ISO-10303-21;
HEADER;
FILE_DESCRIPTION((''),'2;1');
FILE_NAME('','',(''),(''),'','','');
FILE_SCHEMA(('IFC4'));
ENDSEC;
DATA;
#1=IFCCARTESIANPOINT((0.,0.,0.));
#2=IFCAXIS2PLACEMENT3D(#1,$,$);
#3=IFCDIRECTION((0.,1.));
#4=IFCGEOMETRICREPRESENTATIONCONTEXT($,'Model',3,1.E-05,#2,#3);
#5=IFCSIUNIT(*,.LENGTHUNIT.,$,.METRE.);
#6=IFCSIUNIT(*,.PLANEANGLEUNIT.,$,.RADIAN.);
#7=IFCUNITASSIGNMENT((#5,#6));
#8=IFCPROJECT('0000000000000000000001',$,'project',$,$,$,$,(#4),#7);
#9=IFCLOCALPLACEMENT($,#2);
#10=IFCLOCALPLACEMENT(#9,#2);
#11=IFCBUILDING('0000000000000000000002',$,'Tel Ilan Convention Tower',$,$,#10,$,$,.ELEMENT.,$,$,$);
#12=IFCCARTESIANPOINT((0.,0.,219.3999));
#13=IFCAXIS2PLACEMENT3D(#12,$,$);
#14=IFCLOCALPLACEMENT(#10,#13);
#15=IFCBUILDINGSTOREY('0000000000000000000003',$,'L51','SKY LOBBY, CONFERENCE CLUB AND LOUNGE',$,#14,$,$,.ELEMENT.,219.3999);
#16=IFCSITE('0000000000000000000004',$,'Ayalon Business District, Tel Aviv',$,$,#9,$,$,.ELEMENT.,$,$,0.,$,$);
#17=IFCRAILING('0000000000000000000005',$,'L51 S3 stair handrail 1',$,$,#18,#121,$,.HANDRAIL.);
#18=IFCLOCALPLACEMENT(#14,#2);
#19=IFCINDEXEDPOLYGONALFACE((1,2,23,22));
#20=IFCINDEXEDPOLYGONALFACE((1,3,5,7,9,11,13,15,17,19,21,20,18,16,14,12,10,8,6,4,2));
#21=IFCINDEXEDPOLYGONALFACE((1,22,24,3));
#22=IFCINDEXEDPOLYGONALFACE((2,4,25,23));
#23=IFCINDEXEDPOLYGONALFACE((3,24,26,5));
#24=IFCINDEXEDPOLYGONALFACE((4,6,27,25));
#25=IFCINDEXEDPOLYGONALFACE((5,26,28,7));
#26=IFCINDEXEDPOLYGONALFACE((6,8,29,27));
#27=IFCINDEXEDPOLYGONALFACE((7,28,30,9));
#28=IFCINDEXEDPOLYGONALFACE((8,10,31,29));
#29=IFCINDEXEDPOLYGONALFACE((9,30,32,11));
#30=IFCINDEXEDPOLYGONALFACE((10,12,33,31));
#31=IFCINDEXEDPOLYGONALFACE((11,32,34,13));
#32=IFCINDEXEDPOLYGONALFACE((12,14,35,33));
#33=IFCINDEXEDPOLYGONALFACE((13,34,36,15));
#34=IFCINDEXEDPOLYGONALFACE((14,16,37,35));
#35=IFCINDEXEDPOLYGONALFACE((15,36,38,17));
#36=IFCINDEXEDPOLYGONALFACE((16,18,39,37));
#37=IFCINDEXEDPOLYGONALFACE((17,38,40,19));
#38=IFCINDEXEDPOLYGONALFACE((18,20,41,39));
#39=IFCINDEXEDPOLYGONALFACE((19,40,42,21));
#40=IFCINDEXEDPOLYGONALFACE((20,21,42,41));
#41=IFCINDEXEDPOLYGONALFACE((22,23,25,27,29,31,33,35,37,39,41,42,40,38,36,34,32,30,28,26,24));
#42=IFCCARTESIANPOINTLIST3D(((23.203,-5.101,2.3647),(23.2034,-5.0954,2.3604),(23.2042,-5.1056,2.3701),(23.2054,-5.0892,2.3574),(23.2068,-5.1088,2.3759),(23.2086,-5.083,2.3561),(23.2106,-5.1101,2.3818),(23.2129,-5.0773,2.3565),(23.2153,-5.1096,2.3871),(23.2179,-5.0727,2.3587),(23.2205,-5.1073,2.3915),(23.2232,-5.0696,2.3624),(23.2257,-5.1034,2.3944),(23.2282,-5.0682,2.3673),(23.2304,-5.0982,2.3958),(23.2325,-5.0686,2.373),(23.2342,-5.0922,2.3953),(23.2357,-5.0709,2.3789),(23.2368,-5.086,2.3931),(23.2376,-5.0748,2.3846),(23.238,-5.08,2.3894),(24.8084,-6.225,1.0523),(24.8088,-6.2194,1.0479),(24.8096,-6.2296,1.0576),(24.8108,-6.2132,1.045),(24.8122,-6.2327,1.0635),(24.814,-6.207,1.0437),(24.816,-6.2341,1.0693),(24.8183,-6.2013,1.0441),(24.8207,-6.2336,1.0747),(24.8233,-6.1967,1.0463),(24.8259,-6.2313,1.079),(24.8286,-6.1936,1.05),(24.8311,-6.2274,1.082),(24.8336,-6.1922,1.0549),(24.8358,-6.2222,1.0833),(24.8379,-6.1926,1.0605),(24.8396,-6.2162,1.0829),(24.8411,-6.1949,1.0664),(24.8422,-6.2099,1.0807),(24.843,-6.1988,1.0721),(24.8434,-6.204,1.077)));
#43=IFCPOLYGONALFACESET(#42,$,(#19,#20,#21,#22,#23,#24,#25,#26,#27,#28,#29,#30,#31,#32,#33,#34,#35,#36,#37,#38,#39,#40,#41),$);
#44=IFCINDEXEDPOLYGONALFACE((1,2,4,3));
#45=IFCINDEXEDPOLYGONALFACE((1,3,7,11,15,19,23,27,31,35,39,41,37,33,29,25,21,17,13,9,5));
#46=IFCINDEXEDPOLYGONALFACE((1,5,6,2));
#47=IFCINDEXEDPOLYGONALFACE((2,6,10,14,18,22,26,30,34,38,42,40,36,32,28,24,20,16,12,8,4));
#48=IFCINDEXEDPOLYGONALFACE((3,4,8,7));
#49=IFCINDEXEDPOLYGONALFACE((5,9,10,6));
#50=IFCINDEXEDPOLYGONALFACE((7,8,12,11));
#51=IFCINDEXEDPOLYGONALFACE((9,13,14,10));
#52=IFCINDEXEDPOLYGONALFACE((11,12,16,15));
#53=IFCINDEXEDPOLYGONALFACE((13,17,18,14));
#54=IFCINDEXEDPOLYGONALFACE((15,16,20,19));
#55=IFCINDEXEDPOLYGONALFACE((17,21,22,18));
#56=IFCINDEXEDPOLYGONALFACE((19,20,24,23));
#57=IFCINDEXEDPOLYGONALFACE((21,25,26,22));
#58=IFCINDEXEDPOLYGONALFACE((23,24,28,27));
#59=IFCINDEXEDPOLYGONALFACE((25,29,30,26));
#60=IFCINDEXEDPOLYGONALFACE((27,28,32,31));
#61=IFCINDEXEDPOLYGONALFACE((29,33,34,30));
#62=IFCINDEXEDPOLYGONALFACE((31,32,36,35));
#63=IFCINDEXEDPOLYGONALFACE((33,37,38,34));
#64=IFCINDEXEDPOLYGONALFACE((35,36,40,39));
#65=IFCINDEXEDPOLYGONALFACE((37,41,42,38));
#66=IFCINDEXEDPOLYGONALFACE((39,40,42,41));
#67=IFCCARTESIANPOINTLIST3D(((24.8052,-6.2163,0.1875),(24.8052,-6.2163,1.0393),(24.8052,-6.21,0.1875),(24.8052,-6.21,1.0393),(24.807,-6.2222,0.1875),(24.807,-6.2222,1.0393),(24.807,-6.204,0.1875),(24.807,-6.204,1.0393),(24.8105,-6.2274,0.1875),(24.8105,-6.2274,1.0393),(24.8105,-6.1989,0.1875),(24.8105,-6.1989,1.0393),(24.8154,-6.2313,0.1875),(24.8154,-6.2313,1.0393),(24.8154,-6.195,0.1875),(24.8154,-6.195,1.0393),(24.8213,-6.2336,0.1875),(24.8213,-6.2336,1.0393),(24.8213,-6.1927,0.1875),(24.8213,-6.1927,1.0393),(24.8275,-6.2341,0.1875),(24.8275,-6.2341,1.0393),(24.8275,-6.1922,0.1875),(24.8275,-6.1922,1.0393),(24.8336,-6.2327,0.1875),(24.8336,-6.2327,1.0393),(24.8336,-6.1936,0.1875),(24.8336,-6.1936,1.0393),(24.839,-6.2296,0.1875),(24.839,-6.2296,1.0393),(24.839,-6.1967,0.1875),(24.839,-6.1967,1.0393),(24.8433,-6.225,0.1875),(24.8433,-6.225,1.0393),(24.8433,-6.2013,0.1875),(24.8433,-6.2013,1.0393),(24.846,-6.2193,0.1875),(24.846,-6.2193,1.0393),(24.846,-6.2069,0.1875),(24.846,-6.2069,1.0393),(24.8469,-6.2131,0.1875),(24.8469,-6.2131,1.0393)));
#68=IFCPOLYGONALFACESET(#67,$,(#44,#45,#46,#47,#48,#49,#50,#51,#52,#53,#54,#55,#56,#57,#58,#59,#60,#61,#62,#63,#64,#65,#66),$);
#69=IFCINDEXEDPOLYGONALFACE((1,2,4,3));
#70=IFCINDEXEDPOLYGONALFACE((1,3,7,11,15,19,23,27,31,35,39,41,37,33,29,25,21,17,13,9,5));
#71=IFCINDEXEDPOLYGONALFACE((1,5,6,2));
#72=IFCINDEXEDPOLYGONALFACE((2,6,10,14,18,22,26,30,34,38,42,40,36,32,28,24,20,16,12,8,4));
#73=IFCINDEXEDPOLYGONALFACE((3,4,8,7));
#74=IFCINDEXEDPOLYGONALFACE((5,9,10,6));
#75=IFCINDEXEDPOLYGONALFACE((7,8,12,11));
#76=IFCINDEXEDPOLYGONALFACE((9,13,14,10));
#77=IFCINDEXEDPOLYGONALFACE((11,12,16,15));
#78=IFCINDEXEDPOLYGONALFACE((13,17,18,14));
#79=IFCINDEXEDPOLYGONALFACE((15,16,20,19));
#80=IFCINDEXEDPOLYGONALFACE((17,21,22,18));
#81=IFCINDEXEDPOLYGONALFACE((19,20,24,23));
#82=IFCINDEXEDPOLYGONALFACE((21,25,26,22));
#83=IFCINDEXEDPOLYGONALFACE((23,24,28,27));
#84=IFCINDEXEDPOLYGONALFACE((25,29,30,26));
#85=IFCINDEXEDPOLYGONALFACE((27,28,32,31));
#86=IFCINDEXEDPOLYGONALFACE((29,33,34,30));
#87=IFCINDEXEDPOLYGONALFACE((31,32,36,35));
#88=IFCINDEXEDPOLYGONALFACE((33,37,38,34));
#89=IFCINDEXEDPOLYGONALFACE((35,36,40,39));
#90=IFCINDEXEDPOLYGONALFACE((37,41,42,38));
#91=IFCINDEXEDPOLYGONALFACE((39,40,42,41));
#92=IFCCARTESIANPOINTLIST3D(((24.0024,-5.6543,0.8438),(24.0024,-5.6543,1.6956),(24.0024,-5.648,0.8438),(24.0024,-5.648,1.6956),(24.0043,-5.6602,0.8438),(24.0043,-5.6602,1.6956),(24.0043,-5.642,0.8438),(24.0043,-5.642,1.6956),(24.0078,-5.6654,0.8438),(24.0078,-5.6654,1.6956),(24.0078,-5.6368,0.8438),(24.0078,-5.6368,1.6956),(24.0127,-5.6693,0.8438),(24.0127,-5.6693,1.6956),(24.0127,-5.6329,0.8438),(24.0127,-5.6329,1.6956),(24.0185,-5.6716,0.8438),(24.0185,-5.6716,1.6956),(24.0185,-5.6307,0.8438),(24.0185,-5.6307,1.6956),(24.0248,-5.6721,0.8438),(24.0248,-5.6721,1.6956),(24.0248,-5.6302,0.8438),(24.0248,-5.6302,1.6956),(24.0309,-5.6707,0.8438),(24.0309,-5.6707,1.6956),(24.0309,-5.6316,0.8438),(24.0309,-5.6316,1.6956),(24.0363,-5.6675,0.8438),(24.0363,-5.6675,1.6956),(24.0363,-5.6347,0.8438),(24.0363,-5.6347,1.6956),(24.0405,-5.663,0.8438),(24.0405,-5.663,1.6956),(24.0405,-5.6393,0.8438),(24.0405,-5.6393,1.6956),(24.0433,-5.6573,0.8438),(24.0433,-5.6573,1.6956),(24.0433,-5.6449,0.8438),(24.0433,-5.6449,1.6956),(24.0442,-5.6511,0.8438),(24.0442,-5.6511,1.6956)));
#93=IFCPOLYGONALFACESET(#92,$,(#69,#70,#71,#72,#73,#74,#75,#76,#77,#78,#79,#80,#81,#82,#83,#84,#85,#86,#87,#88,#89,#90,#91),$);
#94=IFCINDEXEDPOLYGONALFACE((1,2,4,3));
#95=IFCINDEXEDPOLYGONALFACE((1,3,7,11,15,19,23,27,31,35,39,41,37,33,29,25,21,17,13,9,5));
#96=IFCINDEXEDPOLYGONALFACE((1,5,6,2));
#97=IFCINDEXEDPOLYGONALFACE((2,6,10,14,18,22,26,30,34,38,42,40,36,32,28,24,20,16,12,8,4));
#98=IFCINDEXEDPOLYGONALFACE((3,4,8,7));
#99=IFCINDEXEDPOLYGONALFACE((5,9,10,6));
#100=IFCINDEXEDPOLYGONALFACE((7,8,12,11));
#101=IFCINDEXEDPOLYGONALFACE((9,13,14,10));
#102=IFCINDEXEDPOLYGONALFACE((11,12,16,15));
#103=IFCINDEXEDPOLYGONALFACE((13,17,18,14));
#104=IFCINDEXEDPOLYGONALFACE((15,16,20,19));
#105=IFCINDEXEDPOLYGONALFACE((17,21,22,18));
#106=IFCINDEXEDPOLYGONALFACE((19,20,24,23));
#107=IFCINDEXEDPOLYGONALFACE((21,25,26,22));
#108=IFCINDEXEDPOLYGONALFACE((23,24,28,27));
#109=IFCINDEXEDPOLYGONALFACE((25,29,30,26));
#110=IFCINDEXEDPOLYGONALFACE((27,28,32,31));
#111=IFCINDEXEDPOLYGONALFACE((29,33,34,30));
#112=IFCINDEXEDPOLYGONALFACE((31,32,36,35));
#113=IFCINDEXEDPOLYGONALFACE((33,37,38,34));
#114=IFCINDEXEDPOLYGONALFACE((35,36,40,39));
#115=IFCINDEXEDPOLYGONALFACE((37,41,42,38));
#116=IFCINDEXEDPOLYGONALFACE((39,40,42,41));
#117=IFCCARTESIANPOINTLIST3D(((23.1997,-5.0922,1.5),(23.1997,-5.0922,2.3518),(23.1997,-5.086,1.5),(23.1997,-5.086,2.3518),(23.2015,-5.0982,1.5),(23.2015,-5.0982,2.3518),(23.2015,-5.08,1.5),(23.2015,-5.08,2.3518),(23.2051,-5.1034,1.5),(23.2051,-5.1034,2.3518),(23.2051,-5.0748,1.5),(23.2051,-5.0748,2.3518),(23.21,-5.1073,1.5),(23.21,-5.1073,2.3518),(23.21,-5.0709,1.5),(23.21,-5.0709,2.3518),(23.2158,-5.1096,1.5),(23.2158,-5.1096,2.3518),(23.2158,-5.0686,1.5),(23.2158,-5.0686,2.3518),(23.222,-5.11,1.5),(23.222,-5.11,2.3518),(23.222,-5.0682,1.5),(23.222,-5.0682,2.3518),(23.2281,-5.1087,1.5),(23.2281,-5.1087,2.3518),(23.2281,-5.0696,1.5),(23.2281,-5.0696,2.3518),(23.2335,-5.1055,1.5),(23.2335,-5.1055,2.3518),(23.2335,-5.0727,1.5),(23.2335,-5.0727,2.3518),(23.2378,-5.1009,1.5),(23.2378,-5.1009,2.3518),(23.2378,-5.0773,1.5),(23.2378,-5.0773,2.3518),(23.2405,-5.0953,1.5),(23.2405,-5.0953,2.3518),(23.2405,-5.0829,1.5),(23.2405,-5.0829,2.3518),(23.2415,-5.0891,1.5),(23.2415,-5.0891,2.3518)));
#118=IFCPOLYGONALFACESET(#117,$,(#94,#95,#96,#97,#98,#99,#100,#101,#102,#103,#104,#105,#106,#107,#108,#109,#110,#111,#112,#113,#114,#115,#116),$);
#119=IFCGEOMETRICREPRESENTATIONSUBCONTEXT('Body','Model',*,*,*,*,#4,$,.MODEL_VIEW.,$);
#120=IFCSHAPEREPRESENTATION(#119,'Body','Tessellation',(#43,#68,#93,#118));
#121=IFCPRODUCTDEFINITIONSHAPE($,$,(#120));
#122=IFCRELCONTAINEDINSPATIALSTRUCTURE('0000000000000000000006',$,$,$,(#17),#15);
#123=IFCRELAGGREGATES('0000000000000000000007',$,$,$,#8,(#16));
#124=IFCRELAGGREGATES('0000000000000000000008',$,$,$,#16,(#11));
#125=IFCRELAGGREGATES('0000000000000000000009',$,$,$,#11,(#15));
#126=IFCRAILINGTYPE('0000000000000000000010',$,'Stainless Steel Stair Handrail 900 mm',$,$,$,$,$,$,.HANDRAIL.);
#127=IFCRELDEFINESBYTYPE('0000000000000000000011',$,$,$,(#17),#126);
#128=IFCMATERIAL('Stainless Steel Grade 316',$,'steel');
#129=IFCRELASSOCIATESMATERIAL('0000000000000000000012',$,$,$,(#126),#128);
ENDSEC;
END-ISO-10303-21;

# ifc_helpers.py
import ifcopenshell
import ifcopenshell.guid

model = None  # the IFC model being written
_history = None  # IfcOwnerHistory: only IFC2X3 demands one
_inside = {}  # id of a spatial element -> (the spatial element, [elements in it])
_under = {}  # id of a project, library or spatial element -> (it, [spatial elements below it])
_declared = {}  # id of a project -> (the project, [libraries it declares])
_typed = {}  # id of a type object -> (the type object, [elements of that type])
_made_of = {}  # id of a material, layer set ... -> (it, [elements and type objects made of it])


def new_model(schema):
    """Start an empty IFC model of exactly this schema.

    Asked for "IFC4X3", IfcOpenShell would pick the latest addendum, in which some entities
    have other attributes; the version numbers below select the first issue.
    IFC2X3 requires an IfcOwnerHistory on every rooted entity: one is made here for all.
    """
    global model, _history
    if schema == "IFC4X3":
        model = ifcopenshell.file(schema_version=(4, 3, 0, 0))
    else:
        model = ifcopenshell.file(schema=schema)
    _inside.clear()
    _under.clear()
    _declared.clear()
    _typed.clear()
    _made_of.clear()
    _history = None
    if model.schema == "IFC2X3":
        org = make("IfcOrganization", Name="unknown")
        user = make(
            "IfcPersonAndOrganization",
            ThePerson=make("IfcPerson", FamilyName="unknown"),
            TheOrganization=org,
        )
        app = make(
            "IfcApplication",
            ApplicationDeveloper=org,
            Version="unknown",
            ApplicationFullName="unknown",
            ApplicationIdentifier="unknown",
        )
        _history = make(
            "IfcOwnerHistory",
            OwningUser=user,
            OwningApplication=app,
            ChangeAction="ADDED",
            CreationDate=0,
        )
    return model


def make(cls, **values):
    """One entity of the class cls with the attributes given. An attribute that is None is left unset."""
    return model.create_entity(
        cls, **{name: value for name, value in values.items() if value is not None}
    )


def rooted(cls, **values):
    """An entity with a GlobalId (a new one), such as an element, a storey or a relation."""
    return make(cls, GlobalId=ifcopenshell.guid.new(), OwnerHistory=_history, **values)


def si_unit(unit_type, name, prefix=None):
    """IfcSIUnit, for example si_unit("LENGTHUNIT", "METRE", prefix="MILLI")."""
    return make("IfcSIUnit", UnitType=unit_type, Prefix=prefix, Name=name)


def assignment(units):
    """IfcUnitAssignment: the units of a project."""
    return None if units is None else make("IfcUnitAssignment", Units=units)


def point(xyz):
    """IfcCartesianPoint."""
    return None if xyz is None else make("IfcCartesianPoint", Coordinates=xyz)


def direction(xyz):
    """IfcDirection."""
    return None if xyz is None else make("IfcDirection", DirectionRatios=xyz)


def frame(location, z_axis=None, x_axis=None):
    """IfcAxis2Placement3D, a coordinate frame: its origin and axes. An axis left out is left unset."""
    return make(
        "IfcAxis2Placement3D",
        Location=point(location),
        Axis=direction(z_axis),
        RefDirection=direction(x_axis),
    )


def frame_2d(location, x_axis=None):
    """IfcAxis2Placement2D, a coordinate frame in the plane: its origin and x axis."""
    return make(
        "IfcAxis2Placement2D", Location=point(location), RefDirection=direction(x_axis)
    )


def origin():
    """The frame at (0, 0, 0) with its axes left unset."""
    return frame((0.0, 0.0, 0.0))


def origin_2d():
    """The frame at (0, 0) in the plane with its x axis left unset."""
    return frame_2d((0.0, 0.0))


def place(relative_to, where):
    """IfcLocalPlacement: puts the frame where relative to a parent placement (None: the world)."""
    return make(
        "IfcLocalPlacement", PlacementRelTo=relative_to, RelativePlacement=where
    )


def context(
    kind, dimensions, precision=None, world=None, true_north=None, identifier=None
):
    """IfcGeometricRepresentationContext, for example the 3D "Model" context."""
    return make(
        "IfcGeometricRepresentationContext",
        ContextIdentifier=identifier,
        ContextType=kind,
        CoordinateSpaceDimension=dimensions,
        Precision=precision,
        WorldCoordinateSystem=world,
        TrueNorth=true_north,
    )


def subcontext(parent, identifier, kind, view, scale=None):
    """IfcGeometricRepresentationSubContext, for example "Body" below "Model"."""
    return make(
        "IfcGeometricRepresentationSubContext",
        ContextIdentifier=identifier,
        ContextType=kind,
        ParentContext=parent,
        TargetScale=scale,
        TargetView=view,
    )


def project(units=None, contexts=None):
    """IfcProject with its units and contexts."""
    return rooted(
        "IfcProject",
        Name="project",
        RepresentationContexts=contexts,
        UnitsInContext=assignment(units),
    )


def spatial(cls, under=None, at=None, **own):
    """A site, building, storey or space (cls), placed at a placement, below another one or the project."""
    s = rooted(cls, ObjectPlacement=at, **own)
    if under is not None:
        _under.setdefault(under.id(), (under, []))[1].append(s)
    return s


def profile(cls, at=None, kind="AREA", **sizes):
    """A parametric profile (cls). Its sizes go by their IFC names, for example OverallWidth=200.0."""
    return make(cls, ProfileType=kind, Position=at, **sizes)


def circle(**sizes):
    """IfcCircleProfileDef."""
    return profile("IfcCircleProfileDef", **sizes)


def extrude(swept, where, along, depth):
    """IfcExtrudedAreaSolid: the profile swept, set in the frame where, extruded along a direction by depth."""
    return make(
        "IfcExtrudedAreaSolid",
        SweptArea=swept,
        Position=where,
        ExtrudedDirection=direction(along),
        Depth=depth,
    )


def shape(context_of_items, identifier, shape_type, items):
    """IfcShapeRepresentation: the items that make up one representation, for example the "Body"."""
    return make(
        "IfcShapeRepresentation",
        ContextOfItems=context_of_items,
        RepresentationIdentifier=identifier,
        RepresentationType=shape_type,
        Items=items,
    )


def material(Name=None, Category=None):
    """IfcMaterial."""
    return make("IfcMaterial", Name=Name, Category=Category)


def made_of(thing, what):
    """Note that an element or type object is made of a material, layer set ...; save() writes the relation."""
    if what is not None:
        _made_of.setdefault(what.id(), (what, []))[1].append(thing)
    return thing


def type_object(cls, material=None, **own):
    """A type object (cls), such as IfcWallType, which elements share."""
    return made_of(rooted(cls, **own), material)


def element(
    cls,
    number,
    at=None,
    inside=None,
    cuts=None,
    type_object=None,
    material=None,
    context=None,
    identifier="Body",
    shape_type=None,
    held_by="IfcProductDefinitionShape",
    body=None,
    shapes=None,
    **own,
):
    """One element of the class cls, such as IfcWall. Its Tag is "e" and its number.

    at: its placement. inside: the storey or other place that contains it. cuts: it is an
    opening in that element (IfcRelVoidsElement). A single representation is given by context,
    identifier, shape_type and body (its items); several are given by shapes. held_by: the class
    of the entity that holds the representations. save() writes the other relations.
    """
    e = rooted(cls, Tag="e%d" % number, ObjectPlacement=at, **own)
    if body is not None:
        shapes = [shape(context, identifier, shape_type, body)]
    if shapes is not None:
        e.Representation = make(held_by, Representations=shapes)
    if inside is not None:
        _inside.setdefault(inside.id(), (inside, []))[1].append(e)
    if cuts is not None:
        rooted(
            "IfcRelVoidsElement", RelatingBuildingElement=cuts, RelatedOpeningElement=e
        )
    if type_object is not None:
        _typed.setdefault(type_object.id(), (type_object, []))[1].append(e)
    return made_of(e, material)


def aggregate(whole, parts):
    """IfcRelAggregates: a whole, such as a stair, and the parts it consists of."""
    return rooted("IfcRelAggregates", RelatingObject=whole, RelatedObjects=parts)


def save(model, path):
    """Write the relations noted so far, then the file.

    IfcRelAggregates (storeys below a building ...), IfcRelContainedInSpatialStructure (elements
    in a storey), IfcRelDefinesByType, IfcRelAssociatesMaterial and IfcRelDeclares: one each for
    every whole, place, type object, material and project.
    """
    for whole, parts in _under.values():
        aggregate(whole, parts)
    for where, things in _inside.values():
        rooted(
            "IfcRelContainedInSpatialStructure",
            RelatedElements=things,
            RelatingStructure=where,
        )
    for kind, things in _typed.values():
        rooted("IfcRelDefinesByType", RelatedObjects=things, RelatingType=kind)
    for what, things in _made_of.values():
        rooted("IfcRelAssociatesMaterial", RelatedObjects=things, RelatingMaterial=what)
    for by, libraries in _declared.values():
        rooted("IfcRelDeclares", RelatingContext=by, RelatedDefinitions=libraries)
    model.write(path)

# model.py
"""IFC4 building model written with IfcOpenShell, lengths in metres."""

from ifc_helpers import new_model, si_unit, direction, frame, origin, origin_2d, place, context, subcontext, project, spatial, circle, extrude, material, type_object, element, save


model = new_model("IFC4")

# Units and contexts
model_context = context("Model", 3, precision=1e-05, world=origin(), true_north=direction((0.0, 1.0)))
body_context = subcontext(model_context, "Body", "Model", "MODEL_VIEW")
ifc_project = project(units=[si_unit("LENGTHUNIT", "METRE"), si_unit("PLANEANGLEUNIT", "RADIAN")], contexts=[model_context])

# Site, building, storey
site_placement = place(None, origin())
site = spatial("IfcSite", under=ifc_project, at=site_placement, Name="Ayalon Business District, Tel Aviv", CompositionType="ELEMENT", RefElevation=0.0)
building_placement = place(site_placement, origin())
building = spatial("IfcBuilding", under=site, at=building_placement, Name="Tel Ilan Convention Tower", CompositionType="ELEMENT")
storey_placement = place(building_placement, frame((0.0, 0.0, 219.3999)))
storey = spatial("IfcBuildingStorey", under=building, at=storey_placement, Name="L51", Description="SKY LOBBY, CONFERENCE CLUB AND LOUNGE", CompositionType="ELEMENT", Elevation=219.3999)

# Railing
ifc_material_1 = material(Name="Stainless Steel Grade 316", Category="steel")
railing_type_1 = type_object("IfcRailingType", Name="Stainless Steel Stair Handrail 900 mm", PredefinedType="HANDRAIL", material=ifc_material_1)
for number, where, name in (
    (1, (24.8259, -6.2131, 0.1875), "L51 S3 stair handrail 1"),
):
    element("IfcRailing", number, at=place(storey_placement, frame(where)), inside=storey, type_object=railing_type_1, Name=name, PredefinedType="HANDRAIL", context=body_context, shape_type="SweptSolid", body=[
        extrude(circle(Radius=0.0239, at=origin_2d()), frame((0.0, 0.0, 0.876), z_axis=(-0.680649, 0.476537, 0.556443), x_axis=(-0.573529, -0.819185, 0.0)), (0.0, 0.0, 1.0), 2.3586),
        extrude(circle(Radius=0.021, at=origin_2d()), origin(), (0.0, 0.0, 1.0), 0.8518),
        extrude(circle(Radius=0.021, at=origin_2d()), frame((-0.8027, 0.562, 0.6562)), (0.0, 0.0, 1.0), 0.8518),
        extrude(circle(Radius=0.021, at=origin_2d()), frame((-1.6055, 1.124, 1.3125)), (0.0, 0.0, 1.0), 0.8518),
    ])

save(model, "model.ifc")
